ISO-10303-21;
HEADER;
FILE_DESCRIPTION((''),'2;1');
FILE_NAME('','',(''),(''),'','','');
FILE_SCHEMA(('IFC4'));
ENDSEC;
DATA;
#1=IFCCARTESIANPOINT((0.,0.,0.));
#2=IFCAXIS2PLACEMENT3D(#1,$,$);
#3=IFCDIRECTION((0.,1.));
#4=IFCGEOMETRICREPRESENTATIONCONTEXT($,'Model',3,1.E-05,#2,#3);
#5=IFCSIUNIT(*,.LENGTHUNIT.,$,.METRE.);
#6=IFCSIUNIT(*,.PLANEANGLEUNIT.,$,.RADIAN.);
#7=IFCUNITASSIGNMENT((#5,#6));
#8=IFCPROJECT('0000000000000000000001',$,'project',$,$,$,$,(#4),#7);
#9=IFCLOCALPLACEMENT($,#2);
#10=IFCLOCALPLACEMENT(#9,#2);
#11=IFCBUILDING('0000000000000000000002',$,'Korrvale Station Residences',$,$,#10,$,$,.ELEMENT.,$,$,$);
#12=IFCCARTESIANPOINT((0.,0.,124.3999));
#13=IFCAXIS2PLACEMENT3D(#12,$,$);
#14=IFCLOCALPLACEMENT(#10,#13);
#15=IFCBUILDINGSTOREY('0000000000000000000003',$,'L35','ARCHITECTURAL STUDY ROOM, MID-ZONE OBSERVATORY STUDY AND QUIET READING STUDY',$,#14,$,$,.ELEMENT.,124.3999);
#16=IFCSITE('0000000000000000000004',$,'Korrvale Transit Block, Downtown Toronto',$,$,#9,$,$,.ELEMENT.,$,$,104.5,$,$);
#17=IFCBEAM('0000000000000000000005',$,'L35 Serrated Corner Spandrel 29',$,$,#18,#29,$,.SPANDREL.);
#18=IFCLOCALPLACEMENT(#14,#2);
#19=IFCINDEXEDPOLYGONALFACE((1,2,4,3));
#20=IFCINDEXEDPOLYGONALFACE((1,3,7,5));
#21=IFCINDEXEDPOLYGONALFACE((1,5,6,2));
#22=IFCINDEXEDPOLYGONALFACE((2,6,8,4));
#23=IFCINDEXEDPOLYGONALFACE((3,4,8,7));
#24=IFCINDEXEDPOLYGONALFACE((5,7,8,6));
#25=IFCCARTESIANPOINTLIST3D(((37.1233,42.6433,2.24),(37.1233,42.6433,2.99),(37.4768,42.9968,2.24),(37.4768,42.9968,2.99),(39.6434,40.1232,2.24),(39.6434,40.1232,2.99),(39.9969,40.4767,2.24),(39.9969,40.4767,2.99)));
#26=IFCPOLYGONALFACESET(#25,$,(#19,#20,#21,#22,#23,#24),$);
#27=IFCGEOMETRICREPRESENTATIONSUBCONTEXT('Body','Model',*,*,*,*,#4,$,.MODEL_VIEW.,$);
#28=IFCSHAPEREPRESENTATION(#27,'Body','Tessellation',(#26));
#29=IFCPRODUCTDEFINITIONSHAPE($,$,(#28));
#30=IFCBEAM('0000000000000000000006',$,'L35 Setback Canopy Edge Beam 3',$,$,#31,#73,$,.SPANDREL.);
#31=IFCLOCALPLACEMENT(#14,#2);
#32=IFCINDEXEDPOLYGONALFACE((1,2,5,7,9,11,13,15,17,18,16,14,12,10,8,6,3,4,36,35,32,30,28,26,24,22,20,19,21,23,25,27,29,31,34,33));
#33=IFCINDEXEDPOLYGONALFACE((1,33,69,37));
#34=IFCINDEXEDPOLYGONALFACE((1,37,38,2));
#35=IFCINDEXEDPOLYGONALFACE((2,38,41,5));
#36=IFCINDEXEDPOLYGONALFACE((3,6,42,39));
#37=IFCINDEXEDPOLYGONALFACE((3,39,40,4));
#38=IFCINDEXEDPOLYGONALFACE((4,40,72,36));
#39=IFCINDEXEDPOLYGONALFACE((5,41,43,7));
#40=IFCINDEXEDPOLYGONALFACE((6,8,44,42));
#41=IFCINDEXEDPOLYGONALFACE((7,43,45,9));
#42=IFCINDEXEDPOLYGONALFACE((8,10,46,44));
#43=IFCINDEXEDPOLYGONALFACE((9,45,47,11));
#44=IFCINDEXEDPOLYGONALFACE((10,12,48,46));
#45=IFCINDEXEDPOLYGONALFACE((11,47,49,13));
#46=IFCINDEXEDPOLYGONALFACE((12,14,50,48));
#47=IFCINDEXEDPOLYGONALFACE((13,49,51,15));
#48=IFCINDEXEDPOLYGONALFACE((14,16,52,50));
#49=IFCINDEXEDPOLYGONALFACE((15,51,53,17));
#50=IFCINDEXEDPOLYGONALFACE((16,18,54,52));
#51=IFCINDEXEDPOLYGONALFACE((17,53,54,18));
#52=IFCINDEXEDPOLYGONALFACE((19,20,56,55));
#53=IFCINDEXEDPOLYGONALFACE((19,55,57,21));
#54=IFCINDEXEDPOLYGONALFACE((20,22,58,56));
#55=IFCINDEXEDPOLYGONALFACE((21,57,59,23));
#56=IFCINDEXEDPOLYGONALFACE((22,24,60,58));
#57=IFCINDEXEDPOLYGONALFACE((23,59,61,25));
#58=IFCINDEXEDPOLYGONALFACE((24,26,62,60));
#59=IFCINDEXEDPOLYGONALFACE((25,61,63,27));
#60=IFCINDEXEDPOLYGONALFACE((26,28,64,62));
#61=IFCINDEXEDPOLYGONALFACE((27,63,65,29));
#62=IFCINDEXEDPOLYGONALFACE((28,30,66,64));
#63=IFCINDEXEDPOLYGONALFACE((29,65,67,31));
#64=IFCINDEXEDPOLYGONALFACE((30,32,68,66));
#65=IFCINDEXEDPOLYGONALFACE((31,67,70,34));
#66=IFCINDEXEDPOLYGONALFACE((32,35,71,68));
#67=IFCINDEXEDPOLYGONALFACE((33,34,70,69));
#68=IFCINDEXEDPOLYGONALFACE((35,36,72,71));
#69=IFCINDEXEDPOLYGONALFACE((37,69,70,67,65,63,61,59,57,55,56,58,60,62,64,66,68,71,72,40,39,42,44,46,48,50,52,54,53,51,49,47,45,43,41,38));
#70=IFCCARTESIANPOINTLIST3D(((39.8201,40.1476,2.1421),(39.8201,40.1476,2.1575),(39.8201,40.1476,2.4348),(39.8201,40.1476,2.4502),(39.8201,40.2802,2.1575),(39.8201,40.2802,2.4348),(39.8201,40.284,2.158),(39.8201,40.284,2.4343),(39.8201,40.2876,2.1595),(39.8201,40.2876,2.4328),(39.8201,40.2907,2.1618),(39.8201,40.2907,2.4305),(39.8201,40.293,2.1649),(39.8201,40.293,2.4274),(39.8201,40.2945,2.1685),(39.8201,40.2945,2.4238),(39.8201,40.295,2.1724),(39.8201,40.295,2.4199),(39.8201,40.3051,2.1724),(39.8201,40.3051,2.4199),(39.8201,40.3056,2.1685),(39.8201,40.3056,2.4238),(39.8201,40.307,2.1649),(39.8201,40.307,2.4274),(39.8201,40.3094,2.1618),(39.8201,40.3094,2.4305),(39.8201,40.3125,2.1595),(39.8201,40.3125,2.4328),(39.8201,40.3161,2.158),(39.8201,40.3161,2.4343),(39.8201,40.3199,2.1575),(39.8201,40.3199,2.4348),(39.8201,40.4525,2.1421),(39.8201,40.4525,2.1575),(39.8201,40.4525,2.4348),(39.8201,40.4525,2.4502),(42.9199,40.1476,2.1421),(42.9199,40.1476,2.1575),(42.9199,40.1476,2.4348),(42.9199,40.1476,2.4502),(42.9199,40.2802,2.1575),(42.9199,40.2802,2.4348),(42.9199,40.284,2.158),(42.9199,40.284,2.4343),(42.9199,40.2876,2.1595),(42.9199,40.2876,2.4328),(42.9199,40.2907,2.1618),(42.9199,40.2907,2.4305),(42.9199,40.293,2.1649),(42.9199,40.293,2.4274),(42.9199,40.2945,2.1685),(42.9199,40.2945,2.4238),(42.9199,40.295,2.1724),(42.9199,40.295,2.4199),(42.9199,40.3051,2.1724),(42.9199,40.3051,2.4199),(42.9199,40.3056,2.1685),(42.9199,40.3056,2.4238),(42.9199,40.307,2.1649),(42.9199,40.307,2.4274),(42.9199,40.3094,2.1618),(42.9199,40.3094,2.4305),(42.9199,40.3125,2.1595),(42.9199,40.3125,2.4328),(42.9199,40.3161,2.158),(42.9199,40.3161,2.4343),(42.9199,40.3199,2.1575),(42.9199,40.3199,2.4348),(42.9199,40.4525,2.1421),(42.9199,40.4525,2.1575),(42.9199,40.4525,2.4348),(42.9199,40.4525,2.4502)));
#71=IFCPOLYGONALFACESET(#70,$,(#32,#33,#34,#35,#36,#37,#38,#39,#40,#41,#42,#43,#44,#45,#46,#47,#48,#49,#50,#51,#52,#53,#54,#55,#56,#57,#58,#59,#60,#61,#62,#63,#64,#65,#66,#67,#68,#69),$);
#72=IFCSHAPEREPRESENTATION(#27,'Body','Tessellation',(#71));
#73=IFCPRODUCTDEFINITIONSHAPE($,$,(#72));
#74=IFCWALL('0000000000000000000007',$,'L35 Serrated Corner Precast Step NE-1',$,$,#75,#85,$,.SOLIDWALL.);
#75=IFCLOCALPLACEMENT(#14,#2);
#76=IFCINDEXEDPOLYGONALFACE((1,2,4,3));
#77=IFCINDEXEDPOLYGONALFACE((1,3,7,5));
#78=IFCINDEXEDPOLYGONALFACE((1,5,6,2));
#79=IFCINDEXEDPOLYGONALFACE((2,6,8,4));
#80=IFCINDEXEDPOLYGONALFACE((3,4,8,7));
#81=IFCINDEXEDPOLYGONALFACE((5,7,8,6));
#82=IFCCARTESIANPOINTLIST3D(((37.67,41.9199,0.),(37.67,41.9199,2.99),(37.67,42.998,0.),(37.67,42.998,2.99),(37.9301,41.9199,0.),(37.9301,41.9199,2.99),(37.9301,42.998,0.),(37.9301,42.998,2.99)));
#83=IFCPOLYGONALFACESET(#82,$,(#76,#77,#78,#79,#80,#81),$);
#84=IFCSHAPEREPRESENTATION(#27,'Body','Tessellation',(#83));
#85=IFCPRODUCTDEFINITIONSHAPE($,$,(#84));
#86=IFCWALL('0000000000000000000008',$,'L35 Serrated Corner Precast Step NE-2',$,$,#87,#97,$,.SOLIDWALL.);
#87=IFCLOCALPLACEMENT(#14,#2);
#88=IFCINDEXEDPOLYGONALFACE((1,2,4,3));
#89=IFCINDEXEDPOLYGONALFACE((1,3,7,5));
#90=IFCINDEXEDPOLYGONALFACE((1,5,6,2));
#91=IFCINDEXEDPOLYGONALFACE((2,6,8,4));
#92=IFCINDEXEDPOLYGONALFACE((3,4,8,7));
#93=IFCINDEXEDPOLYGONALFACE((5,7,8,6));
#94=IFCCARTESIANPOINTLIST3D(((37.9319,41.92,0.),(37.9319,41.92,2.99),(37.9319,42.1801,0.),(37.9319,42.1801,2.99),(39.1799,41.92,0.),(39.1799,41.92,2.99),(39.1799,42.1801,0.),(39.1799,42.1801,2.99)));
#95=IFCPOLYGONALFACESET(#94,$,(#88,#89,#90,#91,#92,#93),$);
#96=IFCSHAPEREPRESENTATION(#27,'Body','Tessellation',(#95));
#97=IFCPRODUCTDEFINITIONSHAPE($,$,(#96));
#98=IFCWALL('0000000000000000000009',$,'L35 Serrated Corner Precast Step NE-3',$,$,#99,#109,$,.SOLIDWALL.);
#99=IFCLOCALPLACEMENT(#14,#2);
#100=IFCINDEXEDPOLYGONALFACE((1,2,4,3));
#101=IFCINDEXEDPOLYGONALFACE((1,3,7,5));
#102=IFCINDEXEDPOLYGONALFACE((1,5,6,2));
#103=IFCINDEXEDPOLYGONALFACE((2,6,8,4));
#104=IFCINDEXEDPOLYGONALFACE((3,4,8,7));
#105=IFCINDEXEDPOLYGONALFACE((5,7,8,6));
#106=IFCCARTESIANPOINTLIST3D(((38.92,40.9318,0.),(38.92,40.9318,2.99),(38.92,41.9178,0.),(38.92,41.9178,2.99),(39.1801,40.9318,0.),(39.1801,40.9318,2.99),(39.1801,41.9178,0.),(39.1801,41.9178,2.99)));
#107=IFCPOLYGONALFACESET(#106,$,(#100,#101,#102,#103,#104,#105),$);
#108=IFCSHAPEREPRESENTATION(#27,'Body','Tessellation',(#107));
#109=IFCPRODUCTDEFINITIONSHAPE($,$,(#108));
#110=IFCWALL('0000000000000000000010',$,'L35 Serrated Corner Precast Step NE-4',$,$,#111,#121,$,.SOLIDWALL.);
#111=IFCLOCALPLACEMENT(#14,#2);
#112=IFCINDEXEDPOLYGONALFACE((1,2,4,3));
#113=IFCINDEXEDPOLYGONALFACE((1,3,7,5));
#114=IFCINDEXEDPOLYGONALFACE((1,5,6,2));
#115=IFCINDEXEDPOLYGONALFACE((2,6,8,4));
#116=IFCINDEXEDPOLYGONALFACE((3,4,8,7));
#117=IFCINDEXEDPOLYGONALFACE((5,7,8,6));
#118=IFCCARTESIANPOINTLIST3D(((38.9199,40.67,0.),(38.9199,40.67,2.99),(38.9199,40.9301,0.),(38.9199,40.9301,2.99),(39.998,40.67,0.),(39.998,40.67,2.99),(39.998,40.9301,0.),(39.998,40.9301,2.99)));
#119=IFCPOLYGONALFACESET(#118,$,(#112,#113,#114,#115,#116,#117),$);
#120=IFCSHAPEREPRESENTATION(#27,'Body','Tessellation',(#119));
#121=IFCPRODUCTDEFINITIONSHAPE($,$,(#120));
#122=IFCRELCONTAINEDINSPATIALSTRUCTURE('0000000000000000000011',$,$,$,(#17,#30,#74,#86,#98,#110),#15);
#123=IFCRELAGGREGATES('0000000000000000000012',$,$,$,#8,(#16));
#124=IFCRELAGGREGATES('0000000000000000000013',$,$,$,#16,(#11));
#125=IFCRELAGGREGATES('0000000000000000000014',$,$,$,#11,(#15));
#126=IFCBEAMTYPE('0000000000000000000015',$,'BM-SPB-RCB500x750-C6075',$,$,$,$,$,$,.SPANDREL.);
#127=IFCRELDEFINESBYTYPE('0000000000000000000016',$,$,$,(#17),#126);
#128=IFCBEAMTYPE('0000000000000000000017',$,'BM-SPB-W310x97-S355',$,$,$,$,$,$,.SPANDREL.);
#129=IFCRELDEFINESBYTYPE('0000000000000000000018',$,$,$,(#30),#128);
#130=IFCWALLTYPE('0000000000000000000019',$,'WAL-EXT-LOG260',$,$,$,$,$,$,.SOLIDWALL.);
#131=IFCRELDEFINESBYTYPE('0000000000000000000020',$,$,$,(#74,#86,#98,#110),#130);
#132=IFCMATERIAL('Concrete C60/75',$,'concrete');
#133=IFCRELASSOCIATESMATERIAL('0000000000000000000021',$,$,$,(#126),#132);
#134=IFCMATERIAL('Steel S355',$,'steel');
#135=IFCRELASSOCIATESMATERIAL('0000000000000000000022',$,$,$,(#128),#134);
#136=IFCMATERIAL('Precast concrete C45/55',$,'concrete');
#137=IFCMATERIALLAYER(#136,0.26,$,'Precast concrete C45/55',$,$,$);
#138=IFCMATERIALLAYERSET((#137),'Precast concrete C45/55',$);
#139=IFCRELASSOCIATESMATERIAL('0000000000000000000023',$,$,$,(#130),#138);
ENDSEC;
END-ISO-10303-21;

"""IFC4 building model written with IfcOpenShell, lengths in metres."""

from ifc_helpers import new_model, si_unit, direction, frame, frame_2d, origin, origin_2d, place, context, subcontext, project, spatial, rectangle, i_section, extrude, material, layer, layer_set, material_profile, profile_set, type_object, element, save


model = new_model("IFC4")

# Units and contexts
model_context = context("Model", 3, precision=1e-05, world=origin(), true_north=direction((0.0, 1.0)))
body_context = subcontext(model_context, "Body", "Model", "MODEL_VIEW")
ifc_project = project(units=[si_unit("LENGTHUNIT", "METRE"), si_unit("PLANEANGLEUNIT", "RADIAN")], contexts=[model_context])

# Site, building, storey
site_placement = place(None, origin())
site = spatial("IfcSite", under=ifc_project, at=site_placement, Name="Korrvale Transit Block, Downtown Toronto", CompositionType="ELEMENT", RefElevation=104.5)
building_placement = place(site_placement, origin())
building = spatial("IfcBuilding", under=site, at=building_placement, Name="Korrvale Station Residences", CompositionType="ELEMENT")
storey_placement = place(building_placement, frame((0.0, 0.0, 124.3999)))
storey = spatial("IfcBuildingStorey", under=building, at=storey_placement, Name="L35", Description="ARCHITECTURAL STUDY ROOM, MID-ZONE OBSERVATORY STUDY AND QUIET READING STUDY", CompositionType="ELEMENT", Elevation=124.3999)

# Shared definitions
ifc_material_1 = material(Name="Steel S355", Category="steel")
ifc_material_2 = material(Name="Concrete C60/75", Category="concrete")

# Beams
ifc_material_profile_1 = material_profile(ifc_material_2, rectangle(XDim=0.5, YDim=0.75, at=origin_2d()), Name="RCB500x750")
ifc_profile_set_1 = profile_set([ifc_material_profile_1], Name="Concrete C60/75")
beam_type_1 = type_object("IfcBeamType", Name="BM-SPB-RCB500x750-C6075", PredefinedType="SPANDREL", material=ifc_profile_set_1)
beam_1_placement = place(storey_placement, frame((37.3, 42.8201, 2.615), z_axis=(0.707107, -0.707107, 0.0), x_axis=(0.707107, 0.707107, 0.0)))
element("IfcBeam", 1, at=beam_1_placement, inside=storey, type_object=beam_type_1, Name="L35 Serrated Corner Spandrel 29", PredefinedType="SPANDREL", context=body_context, shape_type="SweptSolid", body=[
    extrude(rectangle(XDim=0.5, YDim=0.75, at=origin_2d()), origin(), (0.0, 0.0, 1.0), 3.564),
])
ifc_material_profile_2 = material_profile(ifc_material_1, i_section(OverallWidth=0.3049, OverallDepth=0.3081, WebThickness=0.01, FlangeThickness=0.0154, FilletRadius=0.0149, at=origin_2d()), Name="W310x97")
ifc_profile_set_2 = profile_set([ifc_material_profile_2], Name="Steel S355")
beam_type_2 = type_object("IfcBeamType", Name="BM-SPB-W310x97-S355", PredefinedType="SPANDREL", material=ifc_profile_set_2)
beam_2_placement = place(storey_placement, frame((42.9199, 40.3, 2.2961), z_axis=(-1.0, 0.0, 0.0), x_axis=(0.0, -1.0, 0.0)))
element("IfcBeam", 2, at=beam_2_placement, inside=storey, type_object=beam_type_2, Name="L35 Setback Canopy Edge Beam 3", PredefinedType="SPANDREL", context=body_context, shape_type="SweptSolid", body=[
    extrude(i_section(OverallWidth=0.3049, OverallDepth=0.3081, WebThickness=0.01, FlangeThickness=0.0154, FilletRadius=0.0149, at=origin_2d()), origin(), (0.0, 0.0, 1.0), 3.0999),
])

# Walls
ifc_material_3 = material(Name="Precast concrete C45/55", Category="concrete")
ifc_layer_1 = layer(ifc_material_3, 0.26, Name="Precast concrete C45/55")
ifc_layer_set_1 = layer_set([ifc_layer_1], Name="Precast concrete C45/55")
wall_type_1 = type_object("IfcWallType", Name="WAL-EXT-LOG260", PredefinedType="SOLIDWALL", material=ifc_layer_set_1)
wall_1_placement = place(storey_placement, frame((37.8, 42.998, 0.0), z_axis=(0.0, 0.0, 1.0), x_axis=(0.0, -1.0, 0.0)))
element("IfcWall", 3, at=wall_1_placement, inside=storey, type_object=wall_type_1, Name="L35 Serrated Corner Precast Step NE-1", PredefinedType="SOLIDWALL", context=body_context, shape_type="SweptSolid", body=[
    extrude(rectangle(XDim=1.0781, YDim=0.26, at=frame_2d((0.5391, 0.0))), origin(), (0.0, 0.0, 1.0), 2.99),
])
wall_2_placement = place(storey_placement, frame((37.9319, 42.05, 0.0), z_axis=(0.0, 0.0, 1.0), x_axis=(1.0, 0.0, 0.0)))
element("IfcWall", 4, at=wall_2_placement, inside=storey, type_object=wall_type_1, Name="L35 Serrated Corner Precast Step NE-2", PredefinedType="SOLIDWALL", context=body_context, shape_type="SweptSolid", body=[
    extrude(rectangle(XDim=1.248, YDim=0.26, at=frame_2d((0.624, 0.0))), origin(), (0.0, 0.0, 1.0), 2.99),
])
wall_3_placement = place(storey_placement, frame((39.05, 41.918, 0.0), z_axis=(0.0, 0.0, 1.0), x_axis=(0.0, -1.0, 0.0)))
element("IfcWall", 5, at=wall_3_placement, inside=storey, type_object=wall_type_1, Name="L35 Serrated Corner Precast Step NE-3", PredefinedType="SOLIDWALL", context=body_context, shape_type="SweptSolid", body=[
    extrude(rectangle(XDim=0.9861, YDim=0.26, at=frame_2d((0.4932, 0.0))), origin(), (0.0, 0.0, 1.0), 2.99),
])
wall_4_placement = place(storey_placement, frame((38.9199, 40.8, 0.0), z_axis=(0.0, 0.0, 1.0), x_axis=(1.0, 0.0, 0.0)))
element("IfcWall", 6, at=wall_4_placement, inside=storey, type_object=wall_type_1, Name="L35 Serrated Corner Precast Step NE-4", PredefinedType="SOLIDWALL", context=body_context, shape_type="SweptSolid", body=[
    extrude(rectangle(XDim=1.0781, YDim=0.26, at=frame_2d((0.5391, 0.0))), origin(), (0.0, 0.0, 1.0), 2.99),
])

save(model, "model.ifc")
